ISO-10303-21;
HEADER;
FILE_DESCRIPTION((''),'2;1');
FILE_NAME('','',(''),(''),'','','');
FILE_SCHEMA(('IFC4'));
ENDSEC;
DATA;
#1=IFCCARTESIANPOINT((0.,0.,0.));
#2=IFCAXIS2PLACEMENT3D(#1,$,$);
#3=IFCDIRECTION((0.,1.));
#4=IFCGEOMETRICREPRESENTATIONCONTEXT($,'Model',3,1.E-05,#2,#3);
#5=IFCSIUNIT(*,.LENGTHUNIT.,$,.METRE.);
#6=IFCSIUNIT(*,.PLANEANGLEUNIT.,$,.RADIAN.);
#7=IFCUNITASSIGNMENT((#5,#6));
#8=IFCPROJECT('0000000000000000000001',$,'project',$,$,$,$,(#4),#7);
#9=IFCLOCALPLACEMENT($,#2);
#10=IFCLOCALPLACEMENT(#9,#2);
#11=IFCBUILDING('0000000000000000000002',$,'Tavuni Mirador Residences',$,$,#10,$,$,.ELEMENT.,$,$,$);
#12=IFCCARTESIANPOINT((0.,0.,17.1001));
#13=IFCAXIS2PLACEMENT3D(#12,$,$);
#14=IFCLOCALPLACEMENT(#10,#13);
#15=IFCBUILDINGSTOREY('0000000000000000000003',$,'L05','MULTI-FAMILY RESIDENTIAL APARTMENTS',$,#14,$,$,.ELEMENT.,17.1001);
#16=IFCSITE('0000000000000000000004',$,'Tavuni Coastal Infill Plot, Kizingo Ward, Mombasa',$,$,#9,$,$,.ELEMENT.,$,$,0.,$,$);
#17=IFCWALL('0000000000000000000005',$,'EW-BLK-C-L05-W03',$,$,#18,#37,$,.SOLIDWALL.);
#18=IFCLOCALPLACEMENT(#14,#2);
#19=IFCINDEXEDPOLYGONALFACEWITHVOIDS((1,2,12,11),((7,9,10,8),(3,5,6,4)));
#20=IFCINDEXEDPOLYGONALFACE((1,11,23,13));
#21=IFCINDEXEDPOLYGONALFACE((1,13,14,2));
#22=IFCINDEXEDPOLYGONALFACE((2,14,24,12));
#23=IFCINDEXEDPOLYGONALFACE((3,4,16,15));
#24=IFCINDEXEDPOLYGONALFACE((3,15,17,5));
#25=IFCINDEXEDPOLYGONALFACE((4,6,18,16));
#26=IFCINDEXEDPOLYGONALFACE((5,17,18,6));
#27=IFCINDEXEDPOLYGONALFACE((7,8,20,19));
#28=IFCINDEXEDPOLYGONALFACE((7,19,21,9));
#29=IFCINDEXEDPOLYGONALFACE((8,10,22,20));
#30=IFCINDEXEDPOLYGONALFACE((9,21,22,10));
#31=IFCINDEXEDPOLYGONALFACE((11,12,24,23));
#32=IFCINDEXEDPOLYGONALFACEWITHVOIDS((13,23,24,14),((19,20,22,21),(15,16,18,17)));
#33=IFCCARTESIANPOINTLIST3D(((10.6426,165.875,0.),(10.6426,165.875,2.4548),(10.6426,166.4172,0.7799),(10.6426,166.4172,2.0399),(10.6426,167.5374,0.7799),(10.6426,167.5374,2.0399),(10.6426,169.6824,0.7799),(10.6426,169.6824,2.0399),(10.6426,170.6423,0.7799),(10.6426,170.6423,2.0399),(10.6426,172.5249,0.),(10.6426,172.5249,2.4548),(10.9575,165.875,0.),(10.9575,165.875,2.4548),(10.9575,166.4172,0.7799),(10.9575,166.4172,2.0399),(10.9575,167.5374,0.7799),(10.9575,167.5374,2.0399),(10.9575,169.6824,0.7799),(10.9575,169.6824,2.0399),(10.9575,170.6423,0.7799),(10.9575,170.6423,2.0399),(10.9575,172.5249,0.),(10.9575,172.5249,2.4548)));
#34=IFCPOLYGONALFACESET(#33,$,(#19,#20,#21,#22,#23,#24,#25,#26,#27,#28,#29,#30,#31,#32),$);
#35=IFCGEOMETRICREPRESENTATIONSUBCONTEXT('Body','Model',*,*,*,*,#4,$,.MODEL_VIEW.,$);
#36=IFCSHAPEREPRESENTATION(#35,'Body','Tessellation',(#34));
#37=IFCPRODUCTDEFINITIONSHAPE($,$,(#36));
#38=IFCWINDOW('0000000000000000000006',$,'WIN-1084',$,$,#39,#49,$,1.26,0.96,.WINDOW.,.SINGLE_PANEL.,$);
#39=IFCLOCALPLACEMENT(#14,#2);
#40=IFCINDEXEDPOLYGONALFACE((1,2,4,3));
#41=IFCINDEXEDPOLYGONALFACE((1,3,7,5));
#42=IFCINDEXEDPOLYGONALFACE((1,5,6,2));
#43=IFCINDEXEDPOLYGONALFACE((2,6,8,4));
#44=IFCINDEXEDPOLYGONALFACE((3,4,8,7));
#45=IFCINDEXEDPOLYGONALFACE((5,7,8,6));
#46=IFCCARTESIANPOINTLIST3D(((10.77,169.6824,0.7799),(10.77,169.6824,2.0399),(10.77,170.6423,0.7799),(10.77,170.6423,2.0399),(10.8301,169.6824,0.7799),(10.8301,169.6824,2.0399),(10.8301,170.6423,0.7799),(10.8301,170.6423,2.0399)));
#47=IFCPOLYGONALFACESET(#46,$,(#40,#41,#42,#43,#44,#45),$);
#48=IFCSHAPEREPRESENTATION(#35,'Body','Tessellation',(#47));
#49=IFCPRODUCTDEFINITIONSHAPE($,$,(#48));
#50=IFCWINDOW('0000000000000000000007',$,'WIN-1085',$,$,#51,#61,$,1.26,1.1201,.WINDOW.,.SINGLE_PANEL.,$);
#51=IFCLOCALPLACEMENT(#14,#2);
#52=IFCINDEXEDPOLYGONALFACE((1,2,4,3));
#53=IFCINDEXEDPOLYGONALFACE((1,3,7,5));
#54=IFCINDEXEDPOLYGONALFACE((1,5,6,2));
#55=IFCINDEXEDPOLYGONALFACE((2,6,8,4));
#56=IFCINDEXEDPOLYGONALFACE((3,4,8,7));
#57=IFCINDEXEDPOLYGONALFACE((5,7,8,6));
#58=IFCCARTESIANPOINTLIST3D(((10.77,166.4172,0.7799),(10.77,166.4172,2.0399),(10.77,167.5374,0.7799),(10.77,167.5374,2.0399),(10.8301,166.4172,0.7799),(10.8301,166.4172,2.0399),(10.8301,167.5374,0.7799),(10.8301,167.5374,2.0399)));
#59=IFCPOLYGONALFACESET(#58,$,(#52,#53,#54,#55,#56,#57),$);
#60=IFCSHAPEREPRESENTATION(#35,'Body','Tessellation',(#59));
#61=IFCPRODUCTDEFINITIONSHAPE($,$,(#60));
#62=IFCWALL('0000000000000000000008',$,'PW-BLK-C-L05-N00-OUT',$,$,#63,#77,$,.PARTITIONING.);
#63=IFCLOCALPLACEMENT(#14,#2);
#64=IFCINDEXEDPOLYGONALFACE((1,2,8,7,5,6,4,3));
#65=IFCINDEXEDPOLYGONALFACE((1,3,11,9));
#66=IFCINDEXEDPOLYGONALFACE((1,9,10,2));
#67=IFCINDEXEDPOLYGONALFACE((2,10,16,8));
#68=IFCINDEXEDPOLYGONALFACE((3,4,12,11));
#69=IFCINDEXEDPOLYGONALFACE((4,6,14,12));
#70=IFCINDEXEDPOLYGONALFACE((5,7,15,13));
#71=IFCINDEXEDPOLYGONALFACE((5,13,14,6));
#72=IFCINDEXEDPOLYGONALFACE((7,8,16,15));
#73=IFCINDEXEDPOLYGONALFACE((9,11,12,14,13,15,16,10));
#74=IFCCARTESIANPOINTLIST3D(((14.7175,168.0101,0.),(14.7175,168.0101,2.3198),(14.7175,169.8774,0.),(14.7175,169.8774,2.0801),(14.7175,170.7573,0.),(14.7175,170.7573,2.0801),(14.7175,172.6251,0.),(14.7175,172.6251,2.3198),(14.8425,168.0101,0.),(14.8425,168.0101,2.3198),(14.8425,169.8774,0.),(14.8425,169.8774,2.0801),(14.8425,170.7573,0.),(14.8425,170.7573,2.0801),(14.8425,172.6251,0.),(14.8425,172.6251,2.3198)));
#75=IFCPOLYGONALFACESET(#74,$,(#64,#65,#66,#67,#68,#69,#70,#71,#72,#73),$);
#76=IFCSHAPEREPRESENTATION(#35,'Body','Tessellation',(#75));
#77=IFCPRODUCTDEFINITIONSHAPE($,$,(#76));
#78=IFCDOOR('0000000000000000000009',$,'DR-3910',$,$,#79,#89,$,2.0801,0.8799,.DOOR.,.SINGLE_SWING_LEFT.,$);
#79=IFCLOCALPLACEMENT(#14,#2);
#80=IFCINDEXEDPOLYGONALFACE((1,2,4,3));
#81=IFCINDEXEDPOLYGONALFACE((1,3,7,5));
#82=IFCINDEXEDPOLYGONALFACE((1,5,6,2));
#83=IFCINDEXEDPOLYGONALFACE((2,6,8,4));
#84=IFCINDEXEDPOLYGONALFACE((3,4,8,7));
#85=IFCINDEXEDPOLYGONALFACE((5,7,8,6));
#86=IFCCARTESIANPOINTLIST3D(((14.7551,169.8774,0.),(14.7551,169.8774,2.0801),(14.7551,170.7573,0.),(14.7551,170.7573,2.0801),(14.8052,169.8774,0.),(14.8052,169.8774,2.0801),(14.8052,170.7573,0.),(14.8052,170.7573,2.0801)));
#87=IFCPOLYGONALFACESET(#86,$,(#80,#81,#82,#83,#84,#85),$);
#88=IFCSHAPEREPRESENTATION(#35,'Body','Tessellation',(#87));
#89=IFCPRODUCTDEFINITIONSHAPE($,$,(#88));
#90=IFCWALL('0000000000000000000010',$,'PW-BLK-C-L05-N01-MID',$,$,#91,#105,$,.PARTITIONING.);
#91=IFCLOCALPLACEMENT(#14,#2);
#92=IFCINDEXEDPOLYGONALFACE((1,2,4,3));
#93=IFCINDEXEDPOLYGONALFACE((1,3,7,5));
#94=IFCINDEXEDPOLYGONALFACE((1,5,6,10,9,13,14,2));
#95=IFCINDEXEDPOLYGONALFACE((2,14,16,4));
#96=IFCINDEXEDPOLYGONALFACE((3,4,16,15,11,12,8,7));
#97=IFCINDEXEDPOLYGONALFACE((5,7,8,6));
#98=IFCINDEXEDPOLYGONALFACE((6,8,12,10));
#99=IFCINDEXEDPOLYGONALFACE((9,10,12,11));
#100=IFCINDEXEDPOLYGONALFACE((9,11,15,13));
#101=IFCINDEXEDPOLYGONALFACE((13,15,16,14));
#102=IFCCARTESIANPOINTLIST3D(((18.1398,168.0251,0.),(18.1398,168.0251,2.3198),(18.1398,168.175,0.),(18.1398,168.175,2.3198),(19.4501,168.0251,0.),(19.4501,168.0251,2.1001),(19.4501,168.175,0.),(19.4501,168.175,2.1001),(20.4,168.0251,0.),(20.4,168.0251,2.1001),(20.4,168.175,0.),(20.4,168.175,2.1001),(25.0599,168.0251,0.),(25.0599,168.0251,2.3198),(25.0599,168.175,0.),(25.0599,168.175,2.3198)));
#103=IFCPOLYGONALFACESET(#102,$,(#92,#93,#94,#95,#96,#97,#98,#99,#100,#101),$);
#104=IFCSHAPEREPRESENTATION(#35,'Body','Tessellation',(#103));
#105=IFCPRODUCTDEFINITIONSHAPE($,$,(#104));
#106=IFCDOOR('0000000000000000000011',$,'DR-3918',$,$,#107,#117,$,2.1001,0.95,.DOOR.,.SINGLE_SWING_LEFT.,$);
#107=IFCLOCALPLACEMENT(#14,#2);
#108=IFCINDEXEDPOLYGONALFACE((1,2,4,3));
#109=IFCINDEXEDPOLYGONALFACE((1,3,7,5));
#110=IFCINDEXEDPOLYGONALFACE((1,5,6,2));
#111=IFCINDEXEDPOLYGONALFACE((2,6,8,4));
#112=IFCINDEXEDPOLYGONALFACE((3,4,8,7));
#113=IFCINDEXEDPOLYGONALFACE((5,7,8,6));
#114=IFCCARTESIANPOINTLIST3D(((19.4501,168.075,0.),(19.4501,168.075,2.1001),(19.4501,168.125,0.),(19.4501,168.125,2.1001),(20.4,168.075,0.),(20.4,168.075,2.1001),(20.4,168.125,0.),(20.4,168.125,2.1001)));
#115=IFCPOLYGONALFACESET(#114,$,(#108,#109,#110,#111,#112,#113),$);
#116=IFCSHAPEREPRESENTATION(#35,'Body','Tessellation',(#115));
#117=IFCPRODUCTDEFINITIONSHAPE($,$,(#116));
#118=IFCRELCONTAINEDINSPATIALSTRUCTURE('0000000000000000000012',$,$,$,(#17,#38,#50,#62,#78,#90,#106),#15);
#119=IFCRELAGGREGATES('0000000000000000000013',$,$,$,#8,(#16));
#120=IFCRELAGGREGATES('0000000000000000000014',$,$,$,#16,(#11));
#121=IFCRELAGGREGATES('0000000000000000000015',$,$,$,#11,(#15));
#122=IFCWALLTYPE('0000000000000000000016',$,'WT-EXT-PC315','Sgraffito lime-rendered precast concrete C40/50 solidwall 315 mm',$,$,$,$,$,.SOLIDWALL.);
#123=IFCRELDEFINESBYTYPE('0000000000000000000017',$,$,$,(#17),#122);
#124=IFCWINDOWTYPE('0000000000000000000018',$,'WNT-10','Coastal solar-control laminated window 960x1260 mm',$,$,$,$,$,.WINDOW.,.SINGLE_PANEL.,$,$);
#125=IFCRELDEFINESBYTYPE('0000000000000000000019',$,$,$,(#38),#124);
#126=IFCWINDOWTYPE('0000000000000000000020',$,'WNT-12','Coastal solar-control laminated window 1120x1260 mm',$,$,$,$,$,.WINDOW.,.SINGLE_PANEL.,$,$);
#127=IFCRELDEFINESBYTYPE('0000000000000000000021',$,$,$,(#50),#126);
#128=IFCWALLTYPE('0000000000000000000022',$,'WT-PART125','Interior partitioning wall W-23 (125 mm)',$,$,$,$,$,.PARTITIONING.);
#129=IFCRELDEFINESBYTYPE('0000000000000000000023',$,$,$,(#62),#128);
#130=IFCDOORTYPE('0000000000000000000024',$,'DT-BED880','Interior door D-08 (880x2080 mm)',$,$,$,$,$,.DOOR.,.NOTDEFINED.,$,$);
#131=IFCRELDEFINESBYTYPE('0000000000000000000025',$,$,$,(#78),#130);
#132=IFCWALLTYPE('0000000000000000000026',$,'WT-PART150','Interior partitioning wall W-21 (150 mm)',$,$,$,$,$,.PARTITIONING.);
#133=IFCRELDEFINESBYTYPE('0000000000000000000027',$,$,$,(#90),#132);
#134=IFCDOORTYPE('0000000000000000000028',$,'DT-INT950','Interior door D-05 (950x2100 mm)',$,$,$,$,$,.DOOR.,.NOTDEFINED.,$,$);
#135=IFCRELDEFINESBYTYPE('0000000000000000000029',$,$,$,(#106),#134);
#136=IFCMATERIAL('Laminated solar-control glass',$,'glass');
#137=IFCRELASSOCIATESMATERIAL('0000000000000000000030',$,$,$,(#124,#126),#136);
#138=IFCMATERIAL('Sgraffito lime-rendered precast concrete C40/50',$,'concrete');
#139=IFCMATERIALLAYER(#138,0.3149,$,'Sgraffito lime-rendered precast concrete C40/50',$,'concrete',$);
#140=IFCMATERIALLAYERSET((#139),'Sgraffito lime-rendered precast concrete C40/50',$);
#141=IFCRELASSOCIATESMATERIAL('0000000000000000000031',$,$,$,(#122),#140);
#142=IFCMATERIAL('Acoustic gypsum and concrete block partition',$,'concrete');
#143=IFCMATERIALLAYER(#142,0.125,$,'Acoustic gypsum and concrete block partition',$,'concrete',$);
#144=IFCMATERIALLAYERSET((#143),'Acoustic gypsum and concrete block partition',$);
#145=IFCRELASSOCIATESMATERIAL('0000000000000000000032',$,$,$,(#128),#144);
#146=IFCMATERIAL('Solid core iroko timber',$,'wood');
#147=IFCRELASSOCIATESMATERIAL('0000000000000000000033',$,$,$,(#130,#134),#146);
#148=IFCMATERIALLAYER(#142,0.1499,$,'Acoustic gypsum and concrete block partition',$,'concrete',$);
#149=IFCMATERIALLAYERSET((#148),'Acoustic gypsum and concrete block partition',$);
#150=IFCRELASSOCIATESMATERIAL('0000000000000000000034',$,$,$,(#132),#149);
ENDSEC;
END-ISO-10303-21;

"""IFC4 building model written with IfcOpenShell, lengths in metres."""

from ifc_helpers import new_model, si_unit, direction, frame, frame_2d, origin, place, context, subcontext, project, spatial, rectangle, extrude, material, layer, layer_set, type_object, element, fill, save


model = new_model("IFC4")

# Units and contexts
model_context = context("Model", 3, precision=1e-05, world=origin(), true_north=direction((0.0, 1.0)))
body_context = subcontext(model_context, "Body", "Model", "MODEL_VIEW")
ifc_project = project(units=[si_unit("LENGTHUNIT", "METRE"), si_unit("PLANEANGLEUNIT", "RADIAN")], contexts=[model_context])

# Site, building, storey
site_placement = place(None, origin())
site = spatial("IfcSite", under=ifc_project, at=site_placement, Name="Tavuni Coastal Infill Plot, Kizingo Ward, Mombasa", CompositionType="ELEMENT", RefElevation=0.0)
building_placement = place(site_placement, origin())
building = spatial("IfcBuilding", under=site, at=building_placement, Name="Tavuni Mirador Residences", CompositionType="ELEMENT")
storey_placement = place(building_placement, frame((0.0, 0.0, 17.1001)))
storey = spatial("IfcBuildingStorey", under=building, at=storey_placement, Name="L05", Description="MULTI-FAMILY RESIDENTIAL APARTMENTS", CompositionType="ELEMENT", Elevation=17.1001)

# Shared definitions
ifc_material_1 = material(Name="Laminated solar-control glass", Category="glass")

# Wall, openings, windows
ifc_material_2 = material(Name="Sgraffito lime-rendered precast concrete C40/50", Category="concrete")
window_type_1 = type_object("IfcWindowType", Name="WNT-10", Description="Coastal solar-control laminated window 960x1260 mm", PartitioningType="SINGLE_PANEL", PredefinedType="WINDOW", material=ifc_material_1)
ifc_layer_1 = layer(ifc_material_2, 0.3149, Name="Sgraffito lime-rendered precast concrete C40/50", Category="concrete")
ifc_layer_set_1 = layer_set([ifc_layer_1], Name="Sgraffito lime-rendered precast concrete C40/50")
wall_type_1 = type_object("IfcWallType", Name="WT-EXT-PC315", Description="Sgraffito lime-rendered precast concrete C40/50 solidwall 315 mm", PredefinedType="SOLIDWALL", material=ifc_layer_set_1)
wall_1_placement = place(storey_placement, frame((10.8, 172.5249, 0.0), z_axis=(0.0, 0.0, 1.0), x_axis=(0.0, -1.0, 0.0)))
wall_1 = element("IfcWall", 1, at=wall_1_placement, inside=storey, type_object=wall_type_1, Name="EW-BLK-C-L05-W03", PredefinedType="SOLIDWALL", context=body_context, shape_type="SweptSolid", body=[
    extrude(rectangle(XDim=6.6499, YDim=0.3149, at=frame_2d((3.325, 0.0))), origin(), (0.0, 0.0, 1.0), 2.4548),
])
opening_1_placement = place(wall_1_placement, frame((1.8826, 0.0, 0.78)))
opening_1 = element("IfcOpeningElement", 2, at=opening_1_placement, cuts=wall_1, PredefinedType="OPENING", context=body_context, shape_type="SweptSolid", body=[
    extrude(rectangle(XDim=0.96, YDim=1.26, at=frame_2d((0.48, 0.6299))), frame((0.0, 0.1675, 0.0), z_axis=(0.0, -1.0, 0.0), x_axis=(1.0, 0.0, 0.0)), (0.0, 0.0, 1.0), 0.335),
])
opening_2_placement = place(wall_1_placement, frame((4.9875, 0.0, 0.78)))
opening_2 = element("IfcOpeningElement", 3, at=opening_2_placement, cuts=wall_1, PredefinedType="OPENING", context=body_context, shape_type="SweptSolid", body=[
    extrude(rectangle(XDim=1.1201, YDim=1.26, at=frame_2d((0.5601, 0.6299))), frame((0.0, 0.1675, 0.0), z_axis=(0.0, -1.0, 0.0), x_axis=(1.0, 0.0, 0.0)), (0.0, 0.0, 1.0), 0.335),
])
window_1_placement = place(opening_1_placement, origin())
window_1 = element("IfcWindow", 4, at=window_1_placement, inside=storey, type_object=window_type_1, Name="WIN-1084", OverallHeight=1.26, OverallWidth=0.96, PartitioningType="SINGLE_PANEL", PredefinedType="WINDOW", context=body_context, shape_type="SweptSolid", body=[
    extrude(rectangle(XDim=0.96, YDim=1.26, at=frame_2d((0.48, 0.6299))), frame((0.0, 0.03, 0.0), z_axis=(0.0, -1.0, 0.0), x_axis=(1.0, 0.0, 0.0)), (0.0, 0.0, 1.0), 0.0601),
])
fill(opening_1, window_1)
window_type_2 = type_object("IfcWindowType", Name="WNT-12", Description="Coastal solar-control laminated window 1120x1260 mm", PartitioningType="SINGLE_PANEL", PredefinedType="WINDOW", material=ifc_material_1)
window_2_placement = place(opening_2_placement, origin())
window_2 = element("IfcWindow", 5, at=window_2_placement, inside=storey, type_object=window_type_2, Name="WIN-1085", OverallHeight=1.26, OverallWidth=1.1201, PartitioningType="SINGLE_PANEL", PredefinedType="WINDOW", context=body_context, shape_type="SweptSolid", body=[
    extrude(rectangle(XDim=1.1201, YDim=1.26, at=frame_2d((0.5601, 0.6299))), frame((0.0, 0.03, 0.0), z_axis=(0.0, -1.0, 0.0), x_axis=(1.0, 0.0, 0.0)), (0.0, 0.0, 1.0), 0.0601),
])
fill(opening_2, window_2)

# Walls, openings, doors
ifc_material_3 = material(Name="Acoustic gypsum and concrete block partition", Category="concrete")
ifc_layer_2 = layer(ifc_material_3, 0.125, Name="Acoustic gypsum and concrete block partition", Category="concrete")
ifc_layer_set_2 = layer_set([ifc_layer_2], Name="Acoustic gypsum and concrete block partition")
wall_type_2 = type_object("IfcWallType", Name="WT-PART125", Description="Interior partitioning wall W-23 (125 mm)", PredefinedType="PARTITIONING", material=ifc_layer_set_2)
wall_2_placement = place(storey_placement, frame((14.78, 168.01, 0.0), z_axis=(0.0, 0.0, 1.0), x_axis=(0.0, 1.0, 0.0)))
wall_2 = element("IfcWall", 6, at=wall_2_placement, inside=storey, type_object=wall_type_2, Name="PW-BLK-C-L05-N00-OUT", PredefinedType="PARTITIONING", context=body_context, shape_type="SweptSolid", body=[
    extrude(rectangle(XDim=4.615, YDim=0.125, at=frame_2d((2.3076, 0.0))), origin(), (0.0, 0.0, 1.0), 2.3198),
])
opening_3_placement = place(wall_2_placement, frame((1.8674, 0.0, 0.0)))
opening_3 = element("IfcOpeningElement", 7, at=opening_3_placement, cuts=wall_2, PredefinedType="OPENING", context=body_context, shape_type="SweptSolid", body=[
    extrude(rectangle(XDim=0.8799, YDim=2.0801, at=frame_2d((0.4399, 1.04))), frame((0.0, 0.0725, 0.0), z_axis=(0.0, -1.0, 0.0), x_axis=(1.0, 0.0, 0.0)), (0.0, 0.0, 1.0), 0.145),
])
ifc_material_4 = material(Name="Solid core iroko timber", Category="wood")
door_type_1 = type_object("IfcDoorType", Name="DT-BED880", Description="Interior door D-08 (880x2080 mm)", OperationType="NOTDEFINED", PredefinedType="DOOR", material=ifc_material_4)
door_1_placement = place(opening_3_placement, origin())
door_1 = element("IfcDoor", 8, at=door_1_placement, inside=storey, type_object=door_type_1, Name="DR-3910", OperationType="SINGLE_SWING_LEFT", OverallHeight=2.0801, OverallWidth=0.8799, PredefinedType="DOOR", context=body_context, shape_type="SweptSolid", body=[
    extrude(rectangle(XDim=0.8799, YDim=2.0801, at=frame_2d((0.4399, 1.04))), frame((0.0, 0.0249, 0.0), z_axis=(0.0, -1.0, 0.0), x_axis=(1.0, 0.0, 0.0)), (0.0, 0.0, 1.0), 0.05),
])
fill(opening_3, door_1)
ifc_layer_3 = layer(ifc_material_3, 0.1499, Name="Acoustic gypsum and concrete block partition", Category="concrete")
ifc_layer_set_3 = layer_set([ifc_layer_3], Name="Acoustic gypsum and concrete block partition")
wall_type_3 = type_object("IfcWallType", Name="WT-PART150", Description="Interior partitioning wall W-21 (150 mm)", PredefinedType="PARTITIONING", material=ifc_layer_set_3)
wall_3_placement = place(storey_placement, frame((18.1399, 168.1001, 0.0), z_axis=(0.0, 0.0, 1.0), x_axis=(1.0, 0.0, 0.0)))
wall_3 = element("IfcWall", 9, at=wall_3_placement, inside=storey, type_object=wall_type_3, Name="PW-BLK-C-L05-N01-MID", PredefinedType="PARTITIONING", context=body_context, shape_type="SweptSolid", body=[
    extrude(rectangle(XDim=6.9202, YDim=0.1499, at=frame_2d((3.46, 0.0))), origin(), (0.0, 0.0, 1.0), 2.3198),
])
opening_4_placement = place(wall_3_placement, frame((1.3101, 0.0, 0.0)))
opening_4 = element("IfcOpeningElement", 10, at=opening_4_placement, cuts=wall_3, PredefinedType="OPENING", context=body_context, shape_type="SweptSolid", body=[
    extrude(rectangle(XDim=0.95, YDim=2.1001, at=frame_2d((0.4751, 1.05))), frame((0.0, 0.085, 0.0), z_axis=(0.0, -1.0, 0.0), x_axis=(1.0, 0.0, 0.0)), (0.0, 0.0, 1.0), 0.1699),
])
door_type_2 = type_object("IfcDoorType", Name="DT-INT950", Description="Interior door D-05 (950x2100 mm)", OperationType="NOTDEFINED", PredefinedType="DOOR", material=ifc_material_4)
door_2_placement = place(opening_4_placement, origin())
door_2 = element("IfcDoor", 11, at=door_2_placement, inside=storey, type_object=door_type_2, Name="DR-3918", OperationType="SINGLE_SWING_LEFT", OverallHeight=2.1001, OverallWidth=0.95, PredefinedType="DOOR", context=body_context, shape_type="SweptSolid", body=[
    extrude(rectangle(XDim=0.95, YDim=2.1001, at=frame_2d((0.4751, 1.05))), frame((0.0, 0.0249, 0.0), z_axis=(0.0, -1.0, 0.0), x_axis=(1.0, 0.0, 0.0)), (0.0, 0.0, 1.0), 0.05),
])
fill(opening_4, door_2)

save(model, "model.ifc")
